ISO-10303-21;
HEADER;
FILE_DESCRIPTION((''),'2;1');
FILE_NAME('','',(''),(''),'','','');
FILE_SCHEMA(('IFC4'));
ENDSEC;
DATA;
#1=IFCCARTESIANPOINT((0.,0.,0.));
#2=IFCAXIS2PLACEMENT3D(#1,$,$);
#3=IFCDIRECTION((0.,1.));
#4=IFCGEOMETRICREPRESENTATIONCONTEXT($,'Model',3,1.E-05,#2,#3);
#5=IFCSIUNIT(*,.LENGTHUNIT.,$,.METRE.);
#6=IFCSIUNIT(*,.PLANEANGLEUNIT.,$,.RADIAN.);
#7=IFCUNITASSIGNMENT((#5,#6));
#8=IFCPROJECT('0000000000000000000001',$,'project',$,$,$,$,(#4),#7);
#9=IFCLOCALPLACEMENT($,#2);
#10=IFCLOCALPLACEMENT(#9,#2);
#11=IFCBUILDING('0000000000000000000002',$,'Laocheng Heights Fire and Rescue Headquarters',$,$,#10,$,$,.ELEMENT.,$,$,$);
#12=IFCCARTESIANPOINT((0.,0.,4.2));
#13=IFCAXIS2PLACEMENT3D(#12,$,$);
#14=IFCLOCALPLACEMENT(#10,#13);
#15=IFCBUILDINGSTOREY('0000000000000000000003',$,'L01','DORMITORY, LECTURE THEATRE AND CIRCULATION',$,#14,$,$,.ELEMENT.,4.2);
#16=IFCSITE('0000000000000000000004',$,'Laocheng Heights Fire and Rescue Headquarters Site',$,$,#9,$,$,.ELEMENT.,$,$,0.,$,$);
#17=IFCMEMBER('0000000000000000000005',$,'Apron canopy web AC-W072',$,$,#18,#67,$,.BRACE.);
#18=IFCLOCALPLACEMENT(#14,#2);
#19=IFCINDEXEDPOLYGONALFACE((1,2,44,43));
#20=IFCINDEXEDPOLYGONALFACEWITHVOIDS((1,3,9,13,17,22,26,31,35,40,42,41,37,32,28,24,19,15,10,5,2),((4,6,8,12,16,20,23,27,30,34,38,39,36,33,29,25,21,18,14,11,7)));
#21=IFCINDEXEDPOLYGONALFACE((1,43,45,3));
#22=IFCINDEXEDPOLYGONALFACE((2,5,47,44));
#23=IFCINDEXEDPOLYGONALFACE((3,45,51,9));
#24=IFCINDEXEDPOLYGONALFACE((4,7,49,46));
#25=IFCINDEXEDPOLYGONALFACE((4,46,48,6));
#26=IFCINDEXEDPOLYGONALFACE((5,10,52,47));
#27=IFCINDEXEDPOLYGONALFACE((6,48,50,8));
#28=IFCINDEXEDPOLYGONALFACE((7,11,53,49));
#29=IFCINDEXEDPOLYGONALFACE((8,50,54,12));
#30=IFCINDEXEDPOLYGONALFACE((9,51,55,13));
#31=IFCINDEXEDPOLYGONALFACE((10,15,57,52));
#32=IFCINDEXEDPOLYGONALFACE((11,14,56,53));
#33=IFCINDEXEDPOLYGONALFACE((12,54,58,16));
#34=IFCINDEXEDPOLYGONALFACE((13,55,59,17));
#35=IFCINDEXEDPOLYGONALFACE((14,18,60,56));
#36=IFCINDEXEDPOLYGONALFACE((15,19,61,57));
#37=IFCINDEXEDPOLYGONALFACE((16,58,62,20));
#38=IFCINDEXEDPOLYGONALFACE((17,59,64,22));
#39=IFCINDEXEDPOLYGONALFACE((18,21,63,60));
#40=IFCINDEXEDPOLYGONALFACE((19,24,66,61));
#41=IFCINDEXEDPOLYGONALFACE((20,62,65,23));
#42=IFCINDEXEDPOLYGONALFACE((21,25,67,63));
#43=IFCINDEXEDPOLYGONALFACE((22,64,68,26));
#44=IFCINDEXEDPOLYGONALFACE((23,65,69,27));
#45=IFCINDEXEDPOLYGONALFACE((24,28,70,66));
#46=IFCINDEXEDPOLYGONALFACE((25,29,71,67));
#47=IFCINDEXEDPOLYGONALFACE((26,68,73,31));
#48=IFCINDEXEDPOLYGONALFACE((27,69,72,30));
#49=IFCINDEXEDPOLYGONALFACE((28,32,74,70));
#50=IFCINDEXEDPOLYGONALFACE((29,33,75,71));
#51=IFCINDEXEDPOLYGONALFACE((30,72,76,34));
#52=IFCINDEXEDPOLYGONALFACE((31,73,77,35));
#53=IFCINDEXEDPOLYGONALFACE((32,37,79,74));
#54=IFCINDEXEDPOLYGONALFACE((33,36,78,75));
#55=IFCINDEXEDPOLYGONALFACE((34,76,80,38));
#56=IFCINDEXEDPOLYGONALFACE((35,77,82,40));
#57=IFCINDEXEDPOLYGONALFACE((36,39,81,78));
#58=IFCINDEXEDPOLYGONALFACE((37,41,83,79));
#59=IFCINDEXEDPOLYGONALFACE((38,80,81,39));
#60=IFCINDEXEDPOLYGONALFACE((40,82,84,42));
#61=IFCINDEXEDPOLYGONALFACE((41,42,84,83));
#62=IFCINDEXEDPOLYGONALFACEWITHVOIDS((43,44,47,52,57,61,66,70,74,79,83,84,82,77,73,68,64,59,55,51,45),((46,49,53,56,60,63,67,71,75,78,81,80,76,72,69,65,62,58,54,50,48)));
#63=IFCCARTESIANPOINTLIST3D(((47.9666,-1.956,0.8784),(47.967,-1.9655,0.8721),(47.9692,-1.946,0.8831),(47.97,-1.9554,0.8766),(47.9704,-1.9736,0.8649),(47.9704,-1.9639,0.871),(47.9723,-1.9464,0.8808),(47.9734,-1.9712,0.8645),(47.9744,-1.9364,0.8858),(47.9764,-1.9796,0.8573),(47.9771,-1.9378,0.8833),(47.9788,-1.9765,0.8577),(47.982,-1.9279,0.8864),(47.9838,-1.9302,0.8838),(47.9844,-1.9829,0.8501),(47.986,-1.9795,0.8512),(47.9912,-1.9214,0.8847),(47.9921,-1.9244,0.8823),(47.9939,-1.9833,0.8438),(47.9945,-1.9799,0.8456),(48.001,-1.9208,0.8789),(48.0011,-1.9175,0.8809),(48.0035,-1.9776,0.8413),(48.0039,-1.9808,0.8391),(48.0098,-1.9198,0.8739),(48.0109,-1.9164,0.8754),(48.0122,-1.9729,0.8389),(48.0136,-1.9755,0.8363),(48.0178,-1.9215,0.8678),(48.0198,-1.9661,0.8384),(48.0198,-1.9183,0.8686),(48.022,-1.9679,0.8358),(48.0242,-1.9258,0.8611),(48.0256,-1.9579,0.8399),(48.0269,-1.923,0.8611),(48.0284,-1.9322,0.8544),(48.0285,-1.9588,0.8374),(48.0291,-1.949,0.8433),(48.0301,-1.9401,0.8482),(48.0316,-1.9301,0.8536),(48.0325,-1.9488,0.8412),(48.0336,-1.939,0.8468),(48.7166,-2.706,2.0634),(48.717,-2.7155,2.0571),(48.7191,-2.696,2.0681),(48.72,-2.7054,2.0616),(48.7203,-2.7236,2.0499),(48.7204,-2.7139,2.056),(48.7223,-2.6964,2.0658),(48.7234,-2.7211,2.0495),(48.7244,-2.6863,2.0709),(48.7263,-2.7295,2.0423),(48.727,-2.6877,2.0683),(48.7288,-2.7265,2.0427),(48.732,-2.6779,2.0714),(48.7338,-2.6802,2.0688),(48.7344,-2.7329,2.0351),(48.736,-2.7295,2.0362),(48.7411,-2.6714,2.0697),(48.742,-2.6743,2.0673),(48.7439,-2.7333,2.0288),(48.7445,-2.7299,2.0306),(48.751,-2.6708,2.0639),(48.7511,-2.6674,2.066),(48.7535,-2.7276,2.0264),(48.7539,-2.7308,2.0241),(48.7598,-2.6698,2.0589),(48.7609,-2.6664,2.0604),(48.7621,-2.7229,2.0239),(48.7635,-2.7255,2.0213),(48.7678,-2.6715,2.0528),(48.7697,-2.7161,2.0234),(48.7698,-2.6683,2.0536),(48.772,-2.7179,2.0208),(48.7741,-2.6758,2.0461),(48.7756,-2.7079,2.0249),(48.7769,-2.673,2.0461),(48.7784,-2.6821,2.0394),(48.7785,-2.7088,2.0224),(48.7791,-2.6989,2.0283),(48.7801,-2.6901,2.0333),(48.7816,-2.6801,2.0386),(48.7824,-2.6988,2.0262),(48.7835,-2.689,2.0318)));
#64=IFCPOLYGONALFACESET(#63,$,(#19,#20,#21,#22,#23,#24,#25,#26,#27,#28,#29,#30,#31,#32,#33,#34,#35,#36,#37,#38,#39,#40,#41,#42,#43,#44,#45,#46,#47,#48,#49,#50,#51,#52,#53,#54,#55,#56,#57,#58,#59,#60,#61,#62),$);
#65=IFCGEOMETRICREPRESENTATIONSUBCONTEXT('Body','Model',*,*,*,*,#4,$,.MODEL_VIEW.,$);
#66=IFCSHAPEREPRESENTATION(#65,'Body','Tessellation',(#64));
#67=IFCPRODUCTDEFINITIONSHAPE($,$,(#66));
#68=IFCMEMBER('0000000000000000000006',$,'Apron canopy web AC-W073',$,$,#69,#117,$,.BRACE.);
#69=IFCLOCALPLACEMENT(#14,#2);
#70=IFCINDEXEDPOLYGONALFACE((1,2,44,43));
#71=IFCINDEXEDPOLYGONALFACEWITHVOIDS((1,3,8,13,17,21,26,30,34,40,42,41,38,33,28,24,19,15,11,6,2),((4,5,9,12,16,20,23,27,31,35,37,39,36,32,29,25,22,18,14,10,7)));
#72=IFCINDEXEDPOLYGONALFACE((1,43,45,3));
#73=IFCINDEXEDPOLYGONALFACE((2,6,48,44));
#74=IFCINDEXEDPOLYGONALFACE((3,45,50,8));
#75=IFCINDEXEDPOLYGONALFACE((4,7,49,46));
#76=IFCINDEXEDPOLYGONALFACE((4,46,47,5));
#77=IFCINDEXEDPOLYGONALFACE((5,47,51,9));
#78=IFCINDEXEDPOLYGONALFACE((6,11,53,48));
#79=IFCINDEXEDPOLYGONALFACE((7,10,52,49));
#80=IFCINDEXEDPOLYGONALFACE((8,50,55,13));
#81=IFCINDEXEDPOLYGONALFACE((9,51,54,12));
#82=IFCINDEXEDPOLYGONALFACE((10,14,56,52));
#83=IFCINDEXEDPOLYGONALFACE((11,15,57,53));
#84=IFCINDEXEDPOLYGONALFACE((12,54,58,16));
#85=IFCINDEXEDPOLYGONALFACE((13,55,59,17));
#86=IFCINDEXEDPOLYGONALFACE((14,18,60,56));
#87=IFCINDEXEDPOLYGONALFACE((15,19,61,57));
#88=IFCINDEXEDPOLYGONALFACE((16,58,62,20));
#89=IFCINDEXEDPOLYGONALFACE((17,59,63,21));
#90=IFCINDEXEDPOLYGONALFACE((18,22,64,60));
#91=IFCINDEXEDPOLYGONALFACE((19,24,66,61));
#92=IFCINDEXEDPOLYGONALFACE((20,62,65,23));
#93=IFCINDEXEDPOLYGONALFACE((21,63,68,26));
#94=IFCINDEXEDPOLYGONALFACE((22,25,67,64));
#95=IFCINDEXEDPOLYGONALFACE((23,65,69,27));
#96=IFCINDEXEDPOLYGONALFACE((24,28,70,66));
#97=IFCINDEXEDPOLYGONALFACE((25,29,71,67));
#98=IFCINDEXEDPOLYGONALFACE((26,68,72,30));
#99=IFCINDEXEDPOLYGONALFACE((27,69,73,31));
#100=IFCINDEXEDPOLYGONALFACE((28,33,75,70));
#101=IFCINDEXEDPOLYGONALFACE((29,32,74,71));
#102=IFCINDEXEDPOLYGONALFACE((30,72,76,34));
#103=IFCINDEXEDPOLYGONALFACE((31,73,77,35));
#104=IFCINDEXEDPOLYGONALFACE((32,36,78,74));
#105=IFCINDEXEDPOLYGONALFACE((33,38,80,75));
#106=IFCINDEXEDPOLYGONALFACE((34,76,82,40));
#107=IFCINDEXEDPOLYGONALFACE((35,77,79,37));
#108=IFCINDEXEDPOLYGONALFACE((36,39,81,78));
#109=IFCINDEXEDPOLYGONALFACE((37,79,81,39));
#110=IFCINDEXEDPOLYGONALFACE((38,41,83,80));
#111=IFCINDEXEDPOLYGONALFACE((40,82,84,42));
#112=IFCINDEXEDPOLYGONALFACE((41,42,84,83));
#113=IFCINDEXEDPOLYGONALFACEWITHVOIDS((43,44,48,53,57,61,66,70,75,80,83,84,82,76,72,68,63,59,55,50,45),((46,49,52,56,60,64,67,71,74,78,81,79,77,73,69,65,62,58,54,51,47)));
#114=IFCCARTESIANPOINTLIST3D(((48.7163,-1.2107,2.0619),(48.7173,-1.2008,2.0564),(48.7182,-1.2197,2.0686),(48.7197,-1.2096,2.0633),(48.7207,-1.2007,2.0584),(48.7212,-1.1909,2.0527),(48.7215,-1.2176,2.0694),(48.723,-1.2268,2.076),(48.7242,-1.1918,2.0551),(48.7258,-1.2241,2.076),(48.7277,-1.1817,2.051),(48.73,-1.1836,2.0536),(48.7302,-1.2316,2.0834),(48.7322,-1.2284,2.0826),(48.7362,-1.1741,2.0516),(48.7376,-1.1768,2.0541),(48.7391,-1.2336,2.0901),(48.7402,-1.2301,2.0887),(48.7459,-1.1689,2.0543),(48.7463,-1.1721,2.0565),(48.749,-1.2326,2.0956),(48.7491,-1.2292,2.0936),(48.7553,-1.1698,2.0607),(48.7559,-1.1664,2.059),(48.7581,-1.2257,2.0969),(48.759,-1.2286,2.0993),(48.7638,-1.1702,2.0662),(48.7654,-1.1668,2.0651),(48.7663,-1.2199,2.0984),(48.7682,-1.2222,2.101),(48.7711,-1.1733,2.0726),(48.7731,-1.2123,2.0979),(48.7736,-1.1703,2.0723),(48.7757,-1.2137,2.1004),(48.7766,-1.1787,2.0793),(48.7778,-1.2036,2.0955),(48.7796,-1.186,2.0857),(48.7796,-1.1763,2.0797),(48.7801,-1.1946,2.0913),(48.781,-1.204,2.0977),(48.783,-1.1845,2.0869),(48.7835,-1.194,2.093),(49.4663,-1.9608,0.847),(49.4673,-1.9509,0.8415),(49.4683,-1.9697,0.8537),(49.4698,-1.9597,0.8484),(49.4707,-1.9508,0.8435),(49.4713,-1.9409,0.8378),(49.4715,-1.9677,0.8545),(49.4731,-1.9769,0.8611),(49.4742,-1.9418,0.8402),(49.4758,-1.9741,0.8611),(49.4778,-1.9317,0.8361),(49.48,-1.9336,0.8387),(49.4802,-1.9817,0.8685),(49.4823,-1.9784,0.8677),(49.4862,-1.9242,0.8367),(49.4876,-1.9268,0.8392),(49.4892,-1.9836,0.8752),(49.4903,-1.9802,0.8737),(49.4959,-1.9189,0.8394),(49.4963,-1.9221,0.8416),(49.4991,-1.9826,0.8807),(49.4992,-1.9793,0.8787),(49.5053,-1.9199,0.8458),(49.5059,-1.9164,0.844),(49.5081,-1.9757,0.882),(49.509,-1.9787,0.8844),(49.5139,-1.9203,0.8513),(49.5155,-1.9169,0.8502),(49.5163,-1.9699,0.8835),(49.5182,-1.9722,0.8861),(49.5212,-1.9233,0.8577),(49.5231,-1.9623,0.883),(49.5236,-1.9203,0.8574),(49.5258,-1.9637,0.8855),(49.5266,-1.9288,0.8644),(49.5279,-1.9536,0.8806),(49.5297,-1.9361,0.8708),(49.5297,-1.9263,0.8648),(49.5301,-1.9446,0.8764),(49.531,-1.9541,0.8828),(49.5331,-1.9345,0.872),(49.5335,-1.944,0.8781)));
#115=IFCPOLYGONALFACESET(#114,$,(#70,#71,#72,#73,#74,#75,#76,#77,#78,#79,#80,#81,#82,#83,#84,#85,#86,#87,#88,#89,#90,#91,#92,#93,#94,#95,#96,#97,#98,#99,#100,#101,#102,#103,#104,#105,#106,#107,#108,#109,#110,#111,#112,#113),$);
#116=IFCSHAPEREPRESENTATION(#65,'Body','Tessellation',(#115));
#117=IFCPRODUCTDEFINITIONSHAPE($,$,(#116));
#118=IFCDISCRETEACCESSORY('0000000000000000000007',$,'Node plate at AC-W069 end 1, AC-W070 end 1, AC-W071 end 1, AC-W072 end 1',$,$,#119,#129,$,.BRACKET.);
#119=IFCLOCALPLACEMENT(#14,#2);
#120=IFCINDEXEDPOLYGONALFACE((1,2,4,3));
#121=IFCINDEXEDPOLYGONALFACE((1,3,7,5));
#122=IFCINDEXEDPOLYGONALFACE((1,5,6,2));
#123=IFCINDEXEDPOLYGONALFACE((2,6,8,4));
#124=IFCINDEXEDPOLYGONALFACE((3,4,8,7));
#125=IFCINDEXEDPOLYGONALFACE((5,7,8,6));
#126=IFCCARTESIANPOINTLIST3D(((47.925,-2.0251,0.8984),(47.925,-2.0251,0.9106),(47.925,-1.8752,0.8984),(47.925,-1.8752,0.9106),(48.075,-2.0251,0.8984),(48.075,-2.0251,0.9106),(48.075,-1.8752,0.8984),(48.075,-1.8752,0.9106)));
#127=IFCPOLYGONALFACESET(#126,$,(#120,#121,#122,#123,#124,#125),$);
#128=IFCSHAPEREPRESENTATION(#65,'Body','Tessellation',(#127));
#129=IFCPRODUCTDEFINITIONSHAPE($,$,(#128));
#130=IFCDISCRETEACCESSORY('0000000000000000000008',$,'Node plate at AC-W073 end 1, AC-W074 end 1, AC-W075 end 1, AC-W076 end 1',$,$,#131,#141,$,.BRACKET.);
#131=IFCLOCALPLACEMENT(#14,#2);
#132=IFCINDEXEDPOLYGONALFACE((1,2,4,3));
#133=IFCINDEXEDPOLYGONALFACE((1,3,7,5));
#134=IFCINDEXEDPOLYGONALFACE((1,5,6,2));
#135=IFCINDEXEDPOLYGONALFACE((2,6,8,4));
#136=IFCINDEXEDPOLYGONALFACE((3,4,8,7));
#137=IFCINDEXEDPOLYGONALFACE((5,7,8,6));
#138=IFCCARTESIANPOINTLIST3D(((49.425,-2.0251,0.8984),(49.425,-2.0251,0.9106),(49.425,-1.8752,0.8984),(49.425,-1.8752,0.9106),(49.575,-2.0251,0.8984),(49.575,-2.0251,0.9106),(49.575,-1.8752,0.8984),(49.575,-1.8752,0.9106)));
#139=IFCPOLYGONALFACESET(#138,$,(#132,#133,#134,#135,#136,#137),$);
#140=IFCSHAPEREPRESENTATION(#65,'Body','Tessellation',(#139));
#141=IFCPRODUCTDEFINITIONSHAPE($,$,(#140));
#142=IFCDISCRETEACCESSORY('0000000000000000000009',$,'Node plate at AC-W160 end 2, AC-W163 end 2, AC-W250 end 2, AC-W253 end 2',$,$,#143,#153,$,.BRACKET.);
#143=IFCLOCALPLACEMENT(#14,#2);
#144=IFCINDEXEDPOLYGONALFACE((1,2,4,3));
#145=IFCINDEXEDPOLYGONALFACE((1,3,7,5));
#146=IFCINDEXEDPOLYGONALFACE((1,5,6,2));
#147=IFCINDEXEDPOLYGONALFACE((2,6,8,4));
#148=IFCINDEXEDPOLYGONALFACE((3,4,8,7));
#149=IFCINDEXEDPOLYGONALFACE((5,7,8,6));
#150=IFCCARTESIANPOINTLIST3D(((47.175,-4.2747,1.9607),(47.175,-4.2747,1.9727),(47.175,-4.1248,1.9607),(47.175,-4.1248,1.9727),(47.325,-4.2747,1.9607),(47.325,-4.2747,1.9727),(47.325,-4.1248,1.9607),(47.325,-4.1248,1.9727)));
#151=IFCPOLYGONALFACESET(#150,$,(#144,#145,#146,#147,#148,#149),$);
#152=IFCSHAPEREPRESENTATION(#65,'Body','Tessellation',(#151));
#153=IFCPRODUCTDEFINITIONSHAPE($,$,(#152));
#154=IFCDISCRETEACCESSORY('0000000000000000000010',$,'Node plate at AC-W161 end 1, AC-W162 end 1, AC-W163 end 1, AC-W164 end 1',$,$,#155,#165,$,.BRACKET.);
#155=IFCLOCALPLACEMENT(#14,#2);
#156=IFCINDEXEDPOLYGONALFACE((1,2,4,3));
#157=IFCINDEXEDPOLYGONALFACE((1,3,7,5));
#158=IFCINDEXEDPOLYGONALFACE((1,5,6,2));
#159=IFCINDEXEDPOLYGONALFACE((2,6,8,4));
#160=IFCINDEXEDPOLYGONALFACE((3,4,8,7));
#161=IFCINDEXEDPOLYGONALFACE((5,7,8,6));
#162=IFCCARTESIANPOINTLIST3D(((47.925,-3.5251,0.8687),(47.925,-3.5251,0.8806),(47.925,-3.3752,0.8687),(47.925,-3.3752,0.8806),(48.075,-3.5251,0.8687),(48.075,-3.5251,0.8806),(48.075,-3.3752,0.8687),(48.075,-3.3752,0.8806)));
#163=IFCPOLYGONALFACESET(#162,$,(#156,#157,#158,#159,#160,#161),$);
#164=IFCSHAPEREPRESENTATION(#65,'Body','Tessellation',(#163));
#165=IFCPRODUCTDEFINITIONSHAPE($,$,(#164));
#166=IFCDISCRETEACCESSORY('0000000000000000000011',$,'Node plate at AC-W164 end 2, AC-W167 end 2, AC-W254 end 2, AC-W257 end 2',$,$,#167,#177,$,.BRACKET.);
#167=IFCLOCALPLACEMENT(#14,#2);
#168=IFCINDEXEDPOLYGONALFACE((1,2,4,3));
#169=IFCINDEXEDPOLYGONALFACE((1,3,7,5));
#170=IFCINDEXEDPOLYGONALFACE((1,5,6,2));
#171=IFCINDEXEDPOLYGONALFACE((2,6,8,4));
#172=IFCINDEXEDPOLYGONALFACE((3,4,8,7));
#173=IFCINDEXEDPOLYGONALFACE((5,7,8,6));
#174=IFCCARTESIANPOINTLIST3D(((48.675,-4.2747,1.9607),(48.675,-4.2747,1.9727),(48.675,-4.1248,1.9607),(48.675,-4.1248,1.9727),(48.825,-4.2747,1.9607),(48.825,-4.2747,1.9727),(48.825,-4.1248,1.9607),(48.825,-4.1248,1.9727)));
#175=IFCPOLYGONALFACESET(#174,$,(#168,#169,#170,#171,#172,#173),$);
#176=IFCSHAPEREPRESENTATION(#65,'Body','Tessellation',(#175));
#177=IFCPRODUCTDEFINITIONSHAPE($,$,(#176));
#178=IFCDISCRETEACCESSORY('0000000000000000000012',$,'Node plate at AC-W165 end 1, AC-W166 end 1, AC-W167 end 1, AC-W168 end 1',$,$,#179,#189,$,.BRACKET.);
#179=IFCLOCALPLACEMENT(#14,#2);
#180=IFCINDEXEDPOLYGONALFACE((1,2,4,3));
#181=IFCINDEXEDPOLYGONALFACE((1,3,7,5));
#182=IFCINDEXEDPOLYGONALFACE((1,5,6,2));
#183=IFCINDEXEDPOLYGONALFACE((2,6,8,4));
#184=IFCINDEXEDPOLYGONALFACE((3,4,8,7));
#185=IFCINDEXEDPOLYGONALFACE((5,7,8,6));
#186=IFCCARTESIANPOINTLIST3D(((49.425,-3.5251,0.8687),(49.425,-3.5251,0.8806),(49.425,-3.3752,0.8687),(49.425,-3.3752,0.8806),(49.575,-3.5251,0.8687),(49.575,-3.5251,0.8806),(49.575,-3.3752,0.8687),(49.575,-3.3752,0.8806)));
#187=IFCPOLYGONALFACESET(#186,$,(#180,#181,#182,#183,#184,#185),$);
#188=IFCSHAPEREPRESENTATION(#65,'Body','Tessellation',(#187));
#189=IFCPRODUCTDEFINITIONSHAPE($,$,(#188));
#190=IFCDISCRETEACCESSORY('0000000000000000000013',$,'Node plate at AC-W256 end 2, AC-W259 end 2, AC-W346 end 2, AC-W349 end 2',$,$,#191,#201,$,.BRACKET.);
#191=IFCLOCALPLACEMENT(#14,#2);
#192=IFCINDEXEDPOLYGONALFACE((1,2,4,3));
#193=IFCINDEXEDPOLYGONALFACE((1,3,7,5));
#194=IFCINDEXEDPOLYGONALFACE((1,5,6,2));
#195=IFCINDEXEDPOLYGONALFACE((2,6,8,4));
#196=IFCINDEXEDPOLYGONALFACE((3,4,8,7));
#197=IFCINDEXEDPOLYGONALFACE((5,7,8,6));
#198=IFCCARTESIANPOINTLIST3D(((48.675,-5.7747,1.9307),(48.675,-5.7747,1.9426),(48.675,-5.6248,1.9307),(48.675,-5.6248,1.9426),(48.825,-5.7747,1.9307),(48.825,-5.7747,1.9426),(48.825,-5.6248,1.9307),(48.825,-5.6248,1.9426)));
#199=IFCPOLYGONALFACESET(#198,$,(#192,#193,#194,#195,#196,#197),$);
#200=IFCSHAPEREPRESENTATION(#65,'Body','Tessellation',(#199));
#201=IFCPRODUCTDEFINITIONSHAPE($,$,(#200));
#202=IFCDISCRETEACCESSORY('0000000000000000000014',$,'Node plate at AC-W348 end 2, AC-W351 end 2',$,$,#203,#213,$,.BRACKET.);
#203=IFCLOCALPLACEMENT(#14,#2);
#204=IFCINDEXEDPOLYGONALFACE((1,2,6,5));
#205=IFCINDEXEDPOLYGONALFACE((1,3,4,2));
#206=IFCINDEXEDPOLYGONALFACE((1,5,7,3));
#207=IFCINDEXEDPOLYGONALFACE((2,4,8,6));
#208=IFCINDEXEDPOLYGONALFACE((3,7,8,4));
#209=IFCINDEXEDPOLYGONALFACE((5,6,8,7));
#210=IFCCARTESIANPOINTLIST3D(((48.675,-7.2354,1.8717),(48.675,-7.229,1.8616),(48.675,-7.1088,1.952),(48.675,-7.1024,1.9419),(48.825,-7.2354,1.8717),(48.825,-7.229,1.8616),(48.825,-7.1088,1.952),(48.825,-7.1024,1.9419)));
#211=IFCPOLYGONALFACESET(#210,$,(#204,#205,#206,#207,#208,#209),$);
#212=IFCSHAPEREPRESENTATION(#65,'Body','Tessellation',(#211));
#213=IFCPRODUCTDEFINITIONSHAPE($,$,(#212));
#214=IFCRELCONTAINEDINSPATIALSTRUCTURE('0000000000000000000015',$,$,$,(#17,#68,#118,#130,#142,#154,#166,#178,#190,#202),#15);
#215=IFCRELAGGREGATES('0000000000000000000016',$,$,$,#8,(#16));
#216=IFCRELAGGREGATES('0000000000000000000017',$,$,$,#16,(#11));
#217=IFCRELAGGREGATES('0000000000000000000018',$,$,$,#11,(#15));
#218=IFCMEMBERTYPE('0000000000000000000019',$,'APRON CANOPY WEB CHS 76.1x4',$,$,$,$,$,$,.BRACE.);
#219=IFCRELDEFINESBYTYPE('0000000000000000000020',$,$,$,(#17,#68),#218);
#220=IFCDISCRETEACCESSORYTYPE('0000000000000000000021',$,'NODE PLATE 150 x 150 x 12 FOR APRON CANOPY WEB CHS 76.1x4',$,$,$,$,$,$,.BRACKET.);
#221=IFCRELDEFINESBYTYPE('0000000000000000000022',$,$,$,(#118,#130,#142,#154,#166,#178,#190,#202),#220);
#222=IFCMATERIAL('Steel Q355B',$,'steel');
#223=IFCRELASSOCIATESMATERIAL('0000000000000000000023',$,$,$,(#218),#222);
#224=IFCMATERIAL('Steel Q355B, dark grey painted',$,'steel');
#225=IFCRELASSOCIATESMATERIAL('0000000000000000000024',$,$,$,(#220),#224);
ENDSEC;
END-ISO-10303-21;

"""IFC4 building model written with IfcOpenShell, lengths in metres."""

from ifc_helpers import new_model, si_unit, direction, frame, origin, origin_2d, place, context, subcontext, project, spatial, rectangle, hollow_circle, extrude, material, material_profile, profile_set, type_object, element, save


model = new_model("IFC4")

# Units and contexts
model_context = context("Model", 3, precision=1e-05, world=origin(), true_north=direction((0.0, 1.0)))
body_context = subcontext(model_context, "Body", "Model", "MODEL_VIEW")
ifc_project = project(units=[si_unit("LENGTHUNIT", "METRE"), si_unit("PLANEANGLEUNIT", "RADIAN")], contexts=[model_context])

# Site, building, storey
site_placement = place(None, origin())
site = spatial("IfcSite", under=ifc_project, at=site_placement, Name="Laocheng Heights Fire and Rescue Headquarters Site", CompositionType="ELEMENT", RefElevation=0.0)
building_placement = place(site_placement, origin())
building = spatial("IfcBuilding", under=site, at=building_placement, Name="Laocheng Heights Fire and Rescue Headquarters", CompositionType="ELEMENT")
storey_placement = place(building_placement, frame((0.0, 0.0, 4.2)))
storey = spatial("IfcBuildingStorey", under=building, at=storey_placement, Name="L01", Description="DORMITORY, LECTURE THEATRE AND CIRCULATION", CompositionType="ELEMENT", Elevation=4.2)

# Members
ifc_material_1 = material(Name="Steel Q355B", Category="steel")
ifc_material_profile_1 = material_profile(ifc_material_1, hollow_circle(Radius=0.0381, WallThickness=0.0039, at=origin_2d()), Name="CHS 76.1x4")
ifc_profile_set_1 = profile_set([ifc_material_profile_1], Name="Steel Q355B")
member_type_1 = type_object("IfcMemberType", Name="APRON CANOPY WEB CHS 76.1x4", PredefinedType="BRACE", material=ifc_profile_set_1)
for number, where, z_axis, x_axis, name in (
    (1, (48.0, -1.95, 0.8611), (0.47158, -0.47158, 0.745134), (0.707107, 0.707107, 0.0), "Apron canopy web AC-W072"),
):
    element("IfcMember", number, at=place(storey_placement, frame(where, z_axis=z_axis, x_axis=x_axis)), inside=storey, type_object=member_type_1, Name=name, PredefinedType="BRACE", context=body_context, shape_type="SweptSolid", body=[
        extrude(hollow_circle(Radius=0.0381, WallThickness=0.0039, at=origin_2d()), origin(), (0.0, 0.0, 1.0), 1.5903),
    ])
member_placement = place(storey_placement, frame((49.5, -1.95, 0.8611), z_axis=(-0.465055, 0.465055, 0.753292), x_axis=(-0.707107, -0.707107, 0.0)))
element("IfcMember", 2, at=member_placement, inside=storey, type_object=member_type_1, Name="Apron canopy web AC-W073", PredefinedType="BRACE", context=body_context, shape_type="SweptSolid", body=[
    extrude(hollow_circle(Radius=0.0381, WallThickness=0.0039, at=origin_2d()), origin(), (0.0, 0.0, 1.0), 1.6128),
])

# Discrete accessories
ifc_material_2 = material(Name="Steel Q355B, dark grey painted", Category="steel")
ifc_material_profile_2 = material_profile(ifc_material_2, rectangle(XDim=0.1499, YDim=0.1499, at=origin_2d()), Name="NODE PLATE 150 x 150 x 12 FOR APRON CANOPY WEB CHS 76.1x4")
ifc_profile_set_2 = profile_set([ifc_material_profile_2], Name="Steel Q355B, dark grey painted")
discrete_accessory_type = type_object("IfcDiscreteAccessoryType", Name="NODE PLATE 150 x 150 x 12 FOR APRON CANOPY WEB CHS 76.1x4", PredefinedType="BRACKET", material=ifc_profile_set_2)
for number, where, z_axis, x_axis, name in (
    (3, (48.0, -1.9502, 0.8984), (0.0, 0.0, 1.0), (1.0, 0.0, 0.0), "Node plate at AC-W069 end 1, AC-W070 end 1, AC-W071 end 1, AC-W072 end 1"),
    (4, (49.5, -1.9502, 0.8984), (0.0, 0.0, 1.0), (1.0, 0.0, 0.0), "Node plate at AC-W073 end 1, AC-W074 end 1, AC-W075 end 1, AC-W076 end 1"),
):
    element("IfcDiscreteAccessory", number, at=place(storey_placement, frame(where, z_axis=z_axis, x_axis=x_axis)), inside=storey, type_object=discrete_accessory_type, Name=name, PredefinedType="BRACKET", context=body_context, shape_type="SweptSolid", body=[
        extrude(rectangle(XDim=0.1499, YDim=0.1499, at=origin_2d()), origin(), (0.0, 0.0, 1.0), 0.0122),
    ])
for number, where, z_axis, x_axis, name in (
    (5, (47.25, -4.1997, 1.9727), (0.0, 0.0, -1.0), (1.0, 0.0, 0.0), "Node plate at AC-W160 end 2, AC-W163 end 2, AC-W250 end 2, AC-W253 end 2"),
    (6, (48.0, -3.4502, 0.8687), (0.0, 0.0, 1.0), (1.0, 0.0, 0.0), "Node plate at AC-W161 end 1, AC-W162 end 1, AC-W163 end 1, AC-W164 end 1"),
    (7, (48.75, -4.1997, 1.9727), (0.0, 0.0, -1.0), (1.0, 0.0, 0.0), "Node plate at AC-W164 end 2, AC-W167 end 2, AC-W254 end 2, AC-W257 end 2"),
    (8, (49.5, -3.4502, 0.8687), (0.0, 0.0, 1.0), (1.0, 0.0, 0.0), "Node plate at AC-W165 end 1, AC-W166 end 1, AC-W167 end 1, AC-W168 end 1"),
    (9, (48.75, -5.6997, 1.9426), (0.0, 0.0, -1.0), (1.0, 0.0, 0.0), "Node plate at AC-W256 end 2, AC-W259 end 2, AC-W346 end 2, AC-W349 end 2"),
    (10, (48.75, -7.1721, 1.9119), (0.0, 0.535542, -0.844509), (-1.0, 0.0, 0.0), "Node plate at AC-W348 end 2, AC-W351 end 2"),
):
    element("IfcDiscreteAccessory", number, at=place(storey_placement, frame(where, z_axis=z_axis, x_axis=x_axis)), inside=storey, type_object=discrete_accessory_type, Name=name, PredefinedType="BRACKET", context=body_context, shape_type="SweptSolid", body=[
        extrude(rectangle(XDim=0.1499, YDim=0.1499, at=origin_2d()), origin(), (0.0, 0.0, 1.0), 0.012),
    ])

save(model, "model.ifc")
